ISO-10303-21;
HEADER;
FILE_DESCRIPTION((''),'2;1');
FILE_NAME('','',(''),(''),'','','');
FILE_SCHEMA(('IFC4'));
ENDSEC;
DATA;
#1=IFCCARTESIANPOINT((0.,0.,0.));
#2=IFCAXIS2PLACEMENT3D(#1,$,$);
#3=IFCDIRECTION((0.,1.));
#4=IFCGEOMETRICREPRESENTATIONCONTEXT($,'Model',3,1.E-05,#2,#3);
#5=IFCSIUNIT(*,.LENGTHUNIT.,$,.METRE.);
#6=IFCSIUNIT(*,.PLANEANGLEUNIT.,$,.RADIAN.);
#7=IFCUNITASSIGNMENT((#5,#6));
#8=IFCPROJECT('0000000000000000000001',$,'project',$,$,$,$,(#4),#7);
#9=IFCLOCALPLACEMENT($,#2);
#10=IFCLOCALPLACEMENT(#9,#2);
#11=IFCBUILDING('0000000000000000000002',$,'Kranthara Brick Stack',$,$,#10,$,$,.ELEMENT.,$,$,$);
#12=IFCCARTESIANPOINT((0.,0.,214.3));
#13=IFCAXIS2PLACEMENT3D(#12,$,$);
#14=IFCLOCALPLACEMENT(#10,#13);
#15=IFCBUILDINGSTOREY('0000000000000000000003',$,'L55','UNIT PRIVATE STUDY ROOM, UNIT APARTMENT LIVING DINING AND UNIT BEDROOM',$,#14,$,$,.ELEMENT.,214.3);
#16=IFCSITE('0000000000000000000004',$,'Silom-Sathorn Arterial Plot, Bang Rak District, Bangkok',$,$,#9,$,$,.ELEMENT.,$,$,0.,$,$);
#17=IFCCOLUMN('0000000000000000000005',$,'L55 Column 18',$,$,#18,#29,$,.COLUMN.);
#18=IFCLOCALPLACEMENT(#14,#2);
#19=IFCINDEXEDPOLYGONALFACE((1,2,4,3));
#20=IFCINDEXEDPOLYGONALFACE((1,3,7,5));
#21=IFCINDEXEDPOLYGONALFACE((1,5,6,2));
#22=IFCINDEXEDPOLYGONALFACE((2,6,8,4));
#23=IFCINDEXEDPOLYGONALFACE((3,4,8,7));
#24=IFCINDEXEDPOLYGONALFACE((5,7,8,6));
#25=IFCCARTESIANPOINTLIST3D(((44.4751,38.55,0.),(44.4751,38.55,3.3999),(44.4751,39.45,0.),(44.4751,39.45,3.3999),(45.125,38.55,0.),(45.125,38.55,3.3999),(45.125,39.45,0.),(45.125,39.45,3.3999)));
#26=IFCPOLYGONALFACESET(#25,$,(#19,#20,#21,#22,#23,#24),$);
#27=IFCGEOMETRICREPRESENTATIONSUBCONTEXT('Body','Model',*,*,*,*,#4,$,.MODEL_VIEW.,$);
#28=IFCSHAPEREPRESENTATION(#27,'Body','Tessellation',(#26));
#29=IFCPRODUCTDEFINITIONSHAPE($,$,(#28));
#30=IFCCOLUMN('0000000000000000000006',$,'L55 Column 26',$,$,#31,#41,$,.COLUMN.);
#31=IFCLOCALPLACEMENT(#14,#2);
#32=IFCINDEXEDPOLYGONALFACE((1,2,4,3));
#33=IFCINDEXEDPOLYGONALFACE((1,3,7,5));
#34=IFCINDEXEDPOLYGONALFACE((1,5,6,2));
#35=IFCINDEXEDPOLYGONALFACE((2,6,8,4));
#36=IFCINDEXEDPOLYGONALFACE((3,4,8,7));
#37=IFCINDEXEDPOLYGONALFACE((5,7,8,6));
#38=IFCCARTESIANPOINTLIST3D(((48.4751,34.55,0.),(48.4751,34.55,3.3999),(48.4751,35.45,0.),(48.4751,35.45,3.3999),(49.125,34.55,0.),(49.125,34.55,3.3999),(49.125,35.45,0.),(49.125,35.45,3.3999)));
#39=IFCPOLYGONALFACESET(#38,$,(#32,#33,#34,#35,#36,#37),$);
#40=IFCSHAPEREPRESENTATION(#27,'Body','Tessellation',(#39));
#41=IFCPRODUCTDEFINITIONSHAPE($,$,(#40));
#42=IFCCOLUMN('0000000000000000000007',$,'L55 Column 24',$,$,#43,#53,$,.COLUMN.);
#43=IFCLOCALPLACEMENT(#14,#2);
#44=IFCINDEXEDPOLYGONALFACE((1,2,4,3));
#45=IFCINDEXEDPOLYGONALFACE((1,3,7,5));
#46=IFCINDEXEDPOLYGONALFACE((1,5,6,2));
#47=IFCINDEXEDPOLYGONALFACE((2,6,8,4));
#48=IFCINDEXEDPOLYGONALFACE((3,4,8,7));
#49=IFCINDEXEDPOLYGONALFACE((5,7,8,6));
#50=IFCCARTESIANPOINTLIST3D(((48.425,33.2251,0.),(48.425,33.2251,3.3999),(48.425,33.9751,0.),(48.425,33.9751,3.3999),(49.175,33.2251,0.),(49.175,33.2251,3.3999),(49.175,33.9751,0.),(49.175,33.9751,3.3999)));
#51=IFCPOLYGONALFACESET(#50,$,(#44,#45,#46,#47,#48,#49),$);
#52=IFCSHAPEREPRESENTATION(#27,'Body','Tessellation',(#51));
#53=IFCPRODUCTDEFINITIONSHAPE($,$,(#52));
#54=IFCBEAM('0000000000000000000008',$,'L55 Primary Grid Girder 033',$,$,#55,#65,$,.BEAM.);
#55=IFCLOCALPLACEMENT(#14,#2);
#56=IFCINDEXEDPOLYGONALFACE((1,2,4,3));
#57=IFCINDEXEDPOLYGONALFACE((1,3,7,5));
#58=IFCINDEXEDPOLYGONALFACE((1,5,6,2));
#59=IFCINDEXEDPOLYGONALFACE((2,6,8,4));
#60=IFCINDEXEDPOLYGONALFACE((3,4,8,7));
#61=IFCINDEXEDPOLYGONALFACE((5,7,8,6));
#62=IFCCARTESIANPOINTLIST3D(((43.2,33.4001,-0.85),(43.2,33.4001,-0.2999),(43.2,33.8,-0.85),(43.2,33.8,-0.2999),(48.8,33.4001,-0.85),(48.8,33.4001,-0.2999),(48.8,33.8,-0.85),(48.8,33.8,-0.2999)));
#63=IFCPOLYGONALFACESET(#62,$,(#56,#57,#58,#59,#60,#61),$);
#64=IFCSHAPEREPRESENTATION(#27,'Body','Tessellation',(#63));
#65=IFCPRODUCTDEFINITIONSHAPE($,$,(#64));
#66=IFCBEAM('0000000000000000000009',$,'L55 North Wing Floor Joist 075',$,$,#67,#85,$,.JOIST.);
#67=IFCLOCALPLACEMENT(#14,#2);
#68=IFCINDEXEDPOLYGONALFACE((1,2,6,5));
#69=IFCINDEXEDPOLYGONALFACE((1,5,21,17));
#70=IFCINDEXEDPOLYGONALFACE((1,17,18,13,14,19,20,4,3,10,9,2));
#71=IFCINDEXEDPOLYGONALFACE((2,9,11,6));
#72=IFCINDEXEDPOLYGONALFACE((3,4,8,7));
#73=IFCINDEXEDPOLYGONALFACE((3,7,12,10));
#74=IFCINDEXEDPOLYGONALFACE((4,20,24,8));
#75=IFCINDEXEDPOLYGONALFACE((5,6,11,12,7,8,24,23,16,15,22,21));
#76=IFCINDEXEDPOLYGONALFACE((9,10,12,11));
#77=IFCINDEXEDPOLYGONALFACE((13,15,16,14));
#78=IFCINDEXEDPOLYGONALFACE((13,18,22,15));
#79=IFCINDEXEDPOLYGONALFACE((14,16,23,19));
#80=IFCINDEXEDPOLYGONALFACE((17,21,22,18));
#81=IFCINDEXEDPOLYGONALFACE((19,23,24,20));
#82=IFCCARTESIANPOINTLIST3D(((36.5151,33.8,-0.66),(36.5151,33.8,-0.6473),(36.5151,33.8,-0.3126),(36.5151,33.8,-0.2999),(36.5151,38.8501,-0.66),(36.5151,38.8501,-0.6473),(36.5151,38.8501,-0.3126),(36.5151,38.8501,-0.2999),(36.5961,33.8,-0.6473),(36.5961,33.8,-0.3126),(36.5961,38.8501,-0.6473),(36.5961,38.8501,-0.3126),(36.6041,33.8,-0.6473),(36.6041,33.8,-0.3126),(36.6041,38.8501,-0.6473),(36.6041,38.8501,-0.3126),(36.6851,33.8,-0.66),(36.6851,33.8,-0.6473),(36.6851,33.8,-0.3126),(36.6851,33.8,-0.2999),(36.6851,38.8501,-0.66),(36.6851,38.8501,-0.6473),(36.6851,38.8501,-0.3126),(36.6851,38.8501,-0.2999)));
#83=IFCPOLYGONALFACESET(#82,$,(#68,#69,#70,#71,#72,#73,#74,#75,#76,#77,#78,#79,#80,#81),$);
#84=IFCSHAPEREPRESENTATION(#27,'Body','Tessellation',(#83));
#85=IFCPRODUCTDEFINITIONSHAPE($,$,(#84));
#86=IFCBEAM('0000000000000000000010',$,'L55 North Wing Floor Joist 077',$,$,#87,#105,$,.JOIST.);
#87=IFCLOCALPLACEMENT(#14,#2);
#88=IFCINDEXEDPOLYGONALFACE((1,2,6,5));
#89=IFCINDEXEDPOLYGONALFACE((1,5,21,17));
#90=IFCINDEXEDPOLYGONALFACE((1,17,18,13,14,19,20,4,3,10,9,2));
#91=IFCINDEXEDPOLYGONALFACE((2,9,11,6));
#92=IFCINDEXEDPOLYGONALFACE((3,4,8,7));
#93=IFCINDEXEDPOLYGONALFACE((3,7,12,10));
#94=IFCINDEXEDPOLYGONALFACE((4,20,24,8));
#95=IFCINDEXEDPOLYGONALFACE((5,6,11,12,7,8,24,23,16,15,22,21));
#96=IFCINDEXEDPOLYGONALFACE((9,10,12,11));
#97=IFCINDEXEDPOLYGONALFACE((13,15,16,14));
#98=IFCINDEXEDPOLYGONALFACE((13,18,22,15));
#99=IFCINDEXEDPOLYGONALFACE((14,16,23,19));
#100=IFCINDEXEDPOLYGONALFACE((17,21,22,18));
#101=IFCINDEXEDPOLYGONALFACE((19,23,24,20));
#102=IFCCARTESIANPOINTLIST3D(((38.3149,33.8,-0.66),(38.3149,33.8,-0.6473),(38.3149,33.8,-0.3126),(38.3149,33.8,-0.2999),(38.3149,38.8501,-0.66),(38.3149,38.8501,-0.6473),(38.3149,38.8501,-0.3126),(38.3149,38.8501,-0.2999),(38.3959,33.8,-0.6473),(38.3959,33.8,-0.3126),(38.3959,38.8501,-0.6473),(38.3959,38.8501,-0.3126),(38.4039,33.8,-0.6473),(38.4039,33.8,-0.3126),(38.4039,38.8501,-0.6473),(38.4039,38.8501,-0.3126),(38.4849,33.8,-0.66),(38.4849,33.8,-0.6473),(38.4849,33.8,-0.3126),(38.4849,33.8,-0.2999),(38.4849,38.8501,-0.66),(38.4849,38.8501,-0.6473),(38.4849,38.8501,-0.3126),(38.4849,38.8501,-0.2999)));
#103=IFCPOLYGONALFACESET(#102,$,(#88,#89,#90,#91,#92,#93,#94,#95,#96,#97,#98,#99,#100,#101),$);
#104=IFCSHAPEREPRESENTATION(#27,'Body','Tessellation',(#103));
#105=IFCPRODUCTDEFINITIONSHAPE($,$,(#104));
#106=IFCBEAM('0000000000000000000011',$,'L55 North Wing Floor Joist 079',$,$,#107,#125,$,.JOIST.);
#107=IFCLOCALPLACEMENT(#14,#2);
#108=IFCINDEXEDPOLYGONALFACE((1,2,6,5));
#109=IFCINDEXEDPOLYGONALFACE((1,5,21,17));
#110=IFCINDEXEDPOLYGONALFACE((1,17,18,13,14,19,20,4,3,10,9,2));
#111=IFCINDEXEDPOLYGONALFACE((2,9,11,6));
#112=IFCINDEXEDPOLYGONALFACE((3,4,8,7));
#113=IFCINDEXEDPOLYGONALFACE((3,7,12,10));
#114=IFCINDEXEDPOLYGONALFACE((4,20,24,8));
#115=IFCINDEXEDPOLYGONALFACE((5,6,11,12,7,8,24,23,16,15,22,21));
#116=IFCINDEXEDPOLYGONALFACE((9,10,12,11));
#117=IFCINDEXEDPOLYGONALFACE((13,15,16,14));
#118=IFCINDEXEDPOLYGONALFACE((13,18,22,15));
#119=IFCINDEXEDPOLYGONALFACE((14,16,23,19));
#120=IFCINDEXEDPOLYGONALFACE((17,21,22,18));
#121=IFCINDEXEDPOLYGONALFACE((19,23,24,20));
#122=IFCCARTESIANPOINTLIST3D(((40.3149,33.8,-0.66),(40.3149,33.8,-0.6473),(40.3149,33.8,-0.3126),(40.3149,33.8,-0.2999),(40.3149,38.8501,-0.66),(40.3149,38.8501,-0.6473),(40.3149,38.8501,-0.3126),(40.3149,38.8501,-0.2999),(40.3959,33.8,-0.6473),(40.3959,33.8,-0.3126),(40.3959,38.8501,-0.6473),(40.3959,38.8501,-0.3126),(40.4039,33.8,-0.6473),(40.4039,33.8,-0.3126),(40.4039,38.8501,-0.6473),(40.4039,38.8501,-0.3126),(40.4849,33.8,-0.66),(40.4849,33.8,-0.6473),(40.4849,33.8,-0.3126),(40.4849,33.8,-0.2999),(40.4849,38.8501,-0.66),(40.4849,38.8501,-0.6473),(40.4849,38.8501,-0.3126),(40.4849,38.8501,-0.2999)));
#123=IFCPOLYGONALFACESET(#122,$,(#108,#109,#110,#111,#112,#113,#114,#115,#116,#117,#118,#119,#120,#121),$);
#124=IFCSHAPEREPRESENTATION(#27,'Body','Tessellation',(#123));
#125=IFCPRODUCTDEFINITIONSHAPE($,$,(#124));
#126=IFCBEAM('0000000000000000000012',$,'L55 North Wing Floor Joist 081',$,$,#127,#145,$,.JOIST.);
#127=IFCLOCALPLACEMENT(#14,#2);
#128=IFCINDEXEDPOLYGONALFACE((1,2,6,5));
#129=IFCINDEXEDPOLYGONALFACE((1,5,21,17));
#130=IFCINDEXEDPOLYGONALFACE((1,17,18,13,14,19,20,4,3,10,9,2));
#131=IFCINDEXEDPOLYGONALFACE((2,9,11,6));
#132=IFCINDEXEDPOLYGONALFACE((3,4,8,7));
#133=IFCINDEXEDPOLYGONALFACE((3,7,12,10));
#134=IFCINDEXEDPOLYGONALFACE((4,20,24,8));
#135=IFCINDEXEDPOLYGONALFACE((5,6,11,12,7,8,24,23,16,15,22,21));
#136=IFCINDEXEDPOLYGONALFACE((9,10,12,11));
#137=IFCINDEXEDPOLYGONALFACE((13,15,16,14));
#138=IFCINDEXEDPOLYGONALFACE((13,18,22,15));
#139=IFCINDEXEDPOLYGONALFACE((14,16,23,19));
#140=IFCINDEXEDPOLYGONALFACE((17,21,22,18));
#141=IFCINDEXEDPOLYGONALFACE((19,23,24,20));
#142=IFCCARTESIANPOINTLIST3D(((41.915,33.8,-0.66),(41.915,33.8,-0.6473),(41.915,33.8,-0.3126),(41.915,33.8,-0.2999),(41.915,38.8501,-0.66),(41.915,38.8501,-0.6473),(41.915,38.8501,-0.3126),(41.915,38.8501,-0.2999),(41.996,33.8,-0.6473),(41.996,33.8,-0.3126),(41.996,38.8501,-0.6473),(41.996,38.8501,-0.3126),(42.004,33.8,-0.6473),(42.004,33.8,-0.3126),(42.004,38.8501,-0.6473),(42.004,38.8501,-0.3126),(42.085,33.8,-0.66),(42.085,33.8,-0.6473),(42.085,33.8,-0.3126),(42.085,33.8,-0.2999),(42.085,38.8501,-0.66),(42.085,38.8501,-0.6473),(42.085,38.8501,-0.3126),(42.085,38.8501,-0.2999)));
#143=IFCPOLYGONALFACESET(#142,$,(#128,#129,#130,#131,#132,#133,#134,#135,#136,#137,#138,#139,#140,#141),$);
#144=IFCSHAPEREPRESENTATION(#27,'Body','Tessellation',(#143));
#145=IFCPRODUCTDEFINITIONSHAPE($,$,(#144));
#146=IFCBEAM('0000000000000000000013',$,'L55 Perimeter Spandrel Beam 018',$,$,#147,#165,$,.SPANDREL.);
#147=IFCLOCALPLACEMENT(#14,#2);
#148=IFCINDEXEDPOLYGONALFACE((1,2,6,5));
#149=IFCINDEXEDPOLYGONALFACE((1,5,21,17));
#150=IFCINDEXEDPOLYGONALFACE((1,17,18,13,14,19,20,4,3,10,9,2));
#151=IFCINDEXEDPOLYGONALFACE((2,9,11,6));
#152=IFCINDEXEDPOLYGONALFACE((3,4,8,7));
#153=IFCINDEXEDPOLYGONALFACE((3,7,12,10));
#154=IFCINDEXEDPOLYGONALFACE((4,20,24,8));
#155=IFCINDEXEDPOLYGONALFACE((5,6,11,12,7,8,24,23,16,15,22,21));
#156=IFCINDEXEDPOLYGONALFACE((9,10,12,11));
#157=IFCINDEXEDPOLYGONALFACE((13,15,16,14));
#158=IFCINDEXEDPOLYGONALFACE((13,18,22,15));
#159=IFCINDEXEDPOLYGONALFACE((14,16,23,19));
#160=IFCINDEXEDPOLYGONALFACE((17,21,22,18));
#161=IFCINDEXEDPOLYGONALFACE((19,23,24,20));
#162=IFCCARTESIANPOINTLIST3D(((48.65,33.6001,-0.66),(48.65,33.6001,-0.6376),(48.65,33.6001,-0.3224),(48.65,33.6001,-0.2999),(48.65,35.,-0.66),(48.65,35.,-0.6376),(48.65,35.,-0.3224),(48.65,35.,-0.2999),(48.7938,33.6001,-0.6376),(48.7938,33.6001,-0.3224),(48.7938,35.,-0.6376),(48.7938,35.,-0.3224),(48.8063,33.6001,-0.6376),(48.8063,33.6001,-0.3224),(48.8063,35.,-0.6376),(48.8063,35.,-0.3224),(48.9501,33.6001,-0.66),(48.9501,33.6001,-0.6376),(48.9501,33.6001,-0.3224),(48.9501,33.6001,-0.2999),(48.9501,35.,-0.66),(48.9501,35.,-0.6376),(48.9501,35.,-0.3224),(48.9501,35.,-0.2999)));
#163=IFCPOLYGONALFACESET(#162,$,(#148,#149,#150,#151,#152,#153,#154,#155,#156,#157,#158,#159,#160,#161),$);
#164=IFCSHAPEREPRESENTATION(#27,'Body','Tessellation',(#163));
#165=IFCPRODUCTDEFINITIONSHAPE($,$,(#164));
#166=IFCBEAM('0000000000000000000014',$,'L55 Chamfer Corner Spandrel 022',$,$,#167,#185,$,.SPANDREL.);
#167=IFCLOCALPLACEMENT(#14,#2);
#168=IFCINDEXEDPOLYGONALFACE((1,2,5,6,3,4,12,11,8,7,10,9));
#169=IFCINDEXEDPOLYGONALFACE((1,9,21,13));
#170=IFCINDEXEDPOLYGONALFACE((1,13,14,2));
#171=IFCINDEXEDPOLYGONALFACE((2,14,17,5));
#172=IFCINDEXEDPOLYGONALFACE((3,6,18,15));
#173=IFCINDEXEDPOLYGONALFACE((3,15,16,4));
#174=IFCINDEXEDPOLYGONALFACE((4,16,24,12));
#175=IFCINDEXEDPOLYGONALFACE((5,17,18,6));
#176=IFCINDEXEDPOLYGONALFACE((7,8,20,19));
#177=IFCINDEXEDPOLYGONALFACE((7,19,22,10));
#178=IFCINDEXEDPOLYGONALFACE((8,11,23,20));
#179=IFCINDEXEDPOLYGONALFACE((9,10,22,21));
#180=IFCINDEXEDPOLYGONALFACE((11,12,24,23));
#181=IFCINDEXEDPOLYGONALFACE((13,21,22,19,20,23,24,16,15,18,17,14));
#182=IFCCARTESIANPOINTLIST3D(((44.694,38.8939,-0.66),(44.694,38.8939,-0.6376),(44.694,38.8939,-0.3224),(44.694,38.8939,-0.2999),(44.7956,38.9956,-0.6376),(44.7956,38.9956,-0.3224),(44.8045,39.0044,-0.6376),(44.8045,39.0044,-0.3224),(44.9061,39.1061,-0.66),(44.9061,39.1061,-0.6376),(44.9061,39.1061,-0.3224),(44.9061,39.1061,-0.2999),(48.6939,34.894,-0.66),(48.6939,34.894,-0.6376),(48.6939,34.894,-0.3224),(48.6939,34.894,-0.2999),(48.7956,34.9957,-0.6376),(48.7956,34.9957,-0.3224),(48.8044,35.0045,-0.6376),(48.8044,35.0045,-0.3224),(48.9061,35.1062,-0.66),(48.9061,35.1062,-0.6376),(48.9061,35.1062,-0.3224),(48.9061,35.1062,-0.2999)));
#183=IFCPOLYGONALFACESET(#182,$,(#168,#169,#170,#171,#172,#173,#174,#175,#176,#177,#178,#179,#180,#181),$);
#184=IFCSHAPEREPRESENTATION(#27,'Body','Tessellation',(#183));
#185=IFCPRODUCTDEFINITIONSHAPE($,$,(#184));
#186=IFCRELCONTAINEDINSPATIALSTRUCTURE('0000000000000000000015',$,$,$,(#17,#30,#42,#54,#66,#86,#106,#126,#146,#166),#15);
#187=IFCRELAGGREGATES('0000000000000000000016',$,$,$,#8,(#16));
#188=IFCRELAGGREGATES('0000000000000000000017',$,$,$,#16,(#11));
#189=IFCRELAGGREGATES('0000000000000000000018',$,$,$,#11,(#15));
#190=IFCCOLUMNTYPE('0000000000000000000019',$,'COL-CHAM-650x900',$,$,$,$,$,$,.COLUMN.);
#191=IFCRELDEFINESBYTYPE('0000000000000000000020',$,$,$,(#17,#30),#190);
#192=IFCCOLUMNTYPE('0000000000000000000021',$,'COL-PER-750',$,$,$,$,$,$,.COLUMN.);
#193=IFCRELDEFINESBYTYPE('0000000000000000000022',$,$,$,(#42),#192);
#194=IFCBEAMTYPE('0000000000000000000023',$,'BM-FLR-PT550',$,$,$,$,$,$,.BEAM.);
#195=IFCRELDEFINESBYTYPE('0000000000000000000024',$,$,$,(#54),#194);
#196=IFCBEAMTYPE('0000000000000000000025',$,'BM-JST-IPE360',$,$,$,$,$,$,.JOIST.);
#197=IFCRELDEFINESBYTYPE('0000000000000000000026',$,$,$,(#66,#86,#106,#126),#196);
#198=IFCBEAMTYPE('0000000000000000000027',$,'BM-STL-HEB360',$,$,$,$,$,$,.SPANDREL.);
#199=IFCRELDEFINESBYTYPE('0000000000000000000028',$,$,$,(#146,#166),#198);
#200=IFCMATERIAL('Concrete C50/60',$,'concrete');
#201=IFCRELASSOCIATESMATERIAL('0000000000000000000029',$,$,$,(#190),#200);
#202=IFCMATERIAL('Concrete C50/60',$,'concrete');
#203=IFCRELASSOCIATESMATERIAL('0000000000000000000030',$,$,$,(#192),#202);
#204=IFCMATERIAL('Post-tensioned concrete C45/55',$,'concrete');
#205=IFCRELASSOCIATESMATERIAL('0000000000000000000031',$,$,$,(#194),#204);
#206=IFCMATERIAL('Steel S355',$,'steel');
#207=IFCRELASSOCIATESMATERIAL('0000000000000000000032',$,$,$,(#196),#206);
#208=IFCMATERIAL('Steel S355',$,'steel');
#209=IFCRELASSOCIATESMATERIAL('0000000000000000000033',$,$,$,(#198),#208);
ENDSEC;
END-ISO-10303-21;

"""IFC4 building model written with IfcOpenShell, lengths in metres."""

from ifc_helpers import new_model, si_unit, direction, frame, origin, origin_2d, place, context, subcontext, project, spatial, rectangle, i_section, extrude, material, material_profile, profile_set, type_object, element, save


model = new_model("IFC4")

# Units and contexts
model_context = context("Model", 3, precision=1e-05, world=origin(), true_north=direction((0.0, 1.0)))
body_context = subcontext(model_context, "Body", "Model", "MODEL_VIEW")
ifc_project = project(units=[si_unit("LENGTHUNIT", "METRE"), si_unit("PLANEANGLEUNIT", "RADIAN")], contexts=[model_context])

# Site, building, storey
site_placement = place(None, origin())
site = spatial("IfcSite", under=ifc_project, at=site_placement, Name="Silom-Sathorn Arterial Plot, Bang Rak District, Bangkok", CompositionType="ELEMENT", RefElevation=0.0)
building_placement = place(site_placement, origin())
building = spatial("IfcBuilding", under=site, at=building_placement, Name="Kranthara Brick Stack", CompositionType="ELEMENT")
storey_placement = place(building_placement, frame((0.0, 0.0, 214.3)))
storey = spatial("IfcBuildingStorey", under=building, at=storey_placement, Name="L55", Description="UNIT PRIVATE STUDY ROOM, UNIT APARTMENT LIVING DINING AND UNIT BEDROOM", CompositionType="ELEMENT", Elevation=214.3)

# Columns
ifc_material_1 = material(Name="Concrete C50/60", Category="concrete")
ifc_material_profile_1 = material_profile(ifc_material_1, rectangle(XDim=0.6499, YDim=0.8999, at=origin_2d()), Name="RC 650x900")
ifc_profile_set_1 = profile_set([ifc_material_profile_1], Name="Concrete C50/60")
column_type_1 = type_object("IfcColumnType", Name="COL-CHAM-650x900", PredefinedType="COLUMN", material=ifc_profile_set_1)
for number, where, z_axis, x_axis, name in (
    (1, (44.8, 39.0, 0.0), (0.0, 0.0, 1.0), (1.0, 0.0, 0.0), "L55 Column 18"),
    (2, (48.8, 35.0, 0.0), (0.0, 0.0, 1.0), (1.0, 0.0, 0.0), "L55 Column 26"),
):
    element("IfcColumn", number, at=place(storey_placement, frame(where, z_axis=z_axis, x_axis=x_axis)), inside=storey, type_object=column_type_1, Name=name, PredefinedType="COLUMN", context=body_context, shape_type="SweptSolid", body=[
        extrude(rectangle(XDim=0.6499, YDim=0.8999, at=origin_2d()), origin(), (0.0, 0.0, 1.0), 3.3999),
    ])
ifc_material_2 = material(Name="Concrete C50/60", Category="concrete")
ifc_material_profile_2 = material_profile(ifc_material_2, rectangle(XDim=0.75, YDim=0.75, at=origin_2d()), Name="RC 750x750")
ifc_profile_set_2 = profile_set([ifc_material_profile_2], Name="Concrete C50/60")
column_type_2 = type_object("IfcColumnType", Name="COL-PER-750", PredefinedType="COLUMN", material=ifc_profile_set_2)
column_placement = place(storey_placement, frame((48.8, 33.6001, 0.0), z_axis=(0.0, 0.0, 1.0), x_axis=(1.0, 0.0, 0.0)))
element("IfcColumn", 3, at=column_placement, inside=storey, type_object=column_type_2, Name="L55 Column 24", PredefinedType="COLUMN", context=body_context, shape_type="SweptSolid", body=[
    extrude(rectangle(XDim=0.75, YDim=0.75, at=origin_2d()), origin(), (0.0, 0.0, 1.0), 3.3999),
])

# Beams
ifc_material_3 = material(Name="Post-tensioned concrete C45/55", Category="concrete")
ifc_material_profile_3 = material_profile(ifc_material_3, rectangle(XDim=0.3999, YDim=0.55, at=origin_2d()), Name="PT 400x550")
ifc_profile_set_3 = profile_set([ifc_material_profile_3], Name="Post-tensioned concrete C45/55")
beam_type_1 = type_object("IfcBeamType", Name="BM-FLR-PT550", PredefinedType="BEAM", material=ifc_profile_set_3)
beam_1_placement = place(storey_placement, frame((43.2, 33.6001, -0.575), z_axis=(1.0, 0.0, 0.0), x_axis=(0.0, 1.0, 0.0)))
element("IfcBeam", 4, at=beam_1_placement, inside=storey, type_object=beam_type_1, Name="L55 Primary Grid Girder 033", PredefinedType="BEAM", context=body_context, shape_type="SweptSolid", body=[
    extrude(rectangle(XDim=0.3999, YDim=0.55, at=origin_2d()), origin(), (0.0, 0.0, 1.0), 5.6001),
])
ifc_material_4 = material(Name="Steel S355", Category="steel")
ifc_material_profile_4 = material_profile(ifc_material_4, i_section(OverallWidth=0.1699, OverallDepth=0.3601, WebThickness=0.0081, FlangeThickness=0.0127, at=origin_2d()), Name="IPE 360")
ifc_profile_set_4 = profile_set([ifc_material_profile_4], Name="Steel S355")
beam_type_2 = type_object("IfcBeamType", Name="BM-JST-IPE360", PredefinedType="JOIST", material=ifc_profile_set_4)
for number, where, z_axis, x_axis, name in (
    (5, (36.6001, 33.8, -0.48), (0.0, 1.0, 0.0), (-1.0, 0.0, 0.0), "L55 North Wing Floor Joist 075"),
    (6, (38.3999, 33.8, -0.48), (0.0, 1.0, 0.0), (-1.0, 0.0, 0.0), "L55 North Wing Floor Joist 077"),
    (7, (40.3999, 33.8, -0.48), (0.0, 1.0, 0.0), (-1.0, 0.0, 0.0), "L55 North Wing Floor Joist 079"),
    (8, (42.0, 33.8, -0.48), (0.0, 1.0, 0.0), (-1.0, 0.0, 0.0), "L55 North Wing Floor Joist 081"),
):
    element("IfcBeam", number, at=place(storey_placement, frame(where, z_axis=z_axis, x_axis=x_axis)), inside=storey, type_object=beam_type_2, Name=name, PredefinedType="JOIST", context=body_context, shape_type="SweptSolid", body=[
        extrude(i_section(OverallWidth=0.1699, OverallDepth=0.3601, WebThickness=0.0081, FlangeThickness=0.0127, at=origin_2d()), origin(), (0.0, 0.0, 1.0), 5.05),
    ])
ifc_material_5 = material(Name="Steel S355", Category="steel")
ifc_material_profile_5 = material_profile(ifc_material_5, i_section(OverallWidth=0.3, OverallDepth=0.3601, WebThickness=0.0125, FlangeThickness=0.0225, at=origin_2d()), Name="HEB 360")
ifc_profile_set_5 = profile_set([ifc_material_profile_5], Name="Steel S355")
beam_type_3 = type_object("IfcBeamType", Name="BM-STL-HEB360", PredefinedType="SPANDREL", material=ifc_profile_set_5)
beam_2_placement = place(storey_placement, frame((48.8, 33.6001, -0.48), z_axis=(0.0, 1.0, 0.0), x_axis=(-1.0, 0.0, 0.0)))
element("IfcBeam", 9, at=beam_2_placement, inside=storey, type_object=beam_type_3, Name="L55 Perimeter Spandrel Beam 018", PredefinedType="SPANDREL", context=body_context, shape_type="SweptSolid", body=[
    extrude(i_section(OverallWidth=0.3, OverallDepth=0.3601, WebThickness=0.0125, FlangeThickness=0.0225, at=origin_2d()), origin(), (0.0, 0.0, 1.0), 1.3999),
])
beam_3_placement = place(storey_placement, frame((44.8, 39.0, -0.48), z_axis=(0.707107, -0.707107, 0.0), x_axis=(0.707107, 0.707107, 0.0)))
element("IfcBeam", 10, at=beam_3_placement, inside=storey, type_object=beam_type_3, Name="L55 Chamfer Corner Spandrel 022", PredefinedType="SPANDREL", context=body_context, shape_type="SweptSolid", body=[
    extrude(i_section(OverallWidth=0.3, OverallDepth=0.3601, WebThickness=0.0125, FlangeThickness=0.0225, at=origin_2d()), origin(), (0.0, 0.0, 1.0), 5.6567),
])

save(model, "model.ifc")
